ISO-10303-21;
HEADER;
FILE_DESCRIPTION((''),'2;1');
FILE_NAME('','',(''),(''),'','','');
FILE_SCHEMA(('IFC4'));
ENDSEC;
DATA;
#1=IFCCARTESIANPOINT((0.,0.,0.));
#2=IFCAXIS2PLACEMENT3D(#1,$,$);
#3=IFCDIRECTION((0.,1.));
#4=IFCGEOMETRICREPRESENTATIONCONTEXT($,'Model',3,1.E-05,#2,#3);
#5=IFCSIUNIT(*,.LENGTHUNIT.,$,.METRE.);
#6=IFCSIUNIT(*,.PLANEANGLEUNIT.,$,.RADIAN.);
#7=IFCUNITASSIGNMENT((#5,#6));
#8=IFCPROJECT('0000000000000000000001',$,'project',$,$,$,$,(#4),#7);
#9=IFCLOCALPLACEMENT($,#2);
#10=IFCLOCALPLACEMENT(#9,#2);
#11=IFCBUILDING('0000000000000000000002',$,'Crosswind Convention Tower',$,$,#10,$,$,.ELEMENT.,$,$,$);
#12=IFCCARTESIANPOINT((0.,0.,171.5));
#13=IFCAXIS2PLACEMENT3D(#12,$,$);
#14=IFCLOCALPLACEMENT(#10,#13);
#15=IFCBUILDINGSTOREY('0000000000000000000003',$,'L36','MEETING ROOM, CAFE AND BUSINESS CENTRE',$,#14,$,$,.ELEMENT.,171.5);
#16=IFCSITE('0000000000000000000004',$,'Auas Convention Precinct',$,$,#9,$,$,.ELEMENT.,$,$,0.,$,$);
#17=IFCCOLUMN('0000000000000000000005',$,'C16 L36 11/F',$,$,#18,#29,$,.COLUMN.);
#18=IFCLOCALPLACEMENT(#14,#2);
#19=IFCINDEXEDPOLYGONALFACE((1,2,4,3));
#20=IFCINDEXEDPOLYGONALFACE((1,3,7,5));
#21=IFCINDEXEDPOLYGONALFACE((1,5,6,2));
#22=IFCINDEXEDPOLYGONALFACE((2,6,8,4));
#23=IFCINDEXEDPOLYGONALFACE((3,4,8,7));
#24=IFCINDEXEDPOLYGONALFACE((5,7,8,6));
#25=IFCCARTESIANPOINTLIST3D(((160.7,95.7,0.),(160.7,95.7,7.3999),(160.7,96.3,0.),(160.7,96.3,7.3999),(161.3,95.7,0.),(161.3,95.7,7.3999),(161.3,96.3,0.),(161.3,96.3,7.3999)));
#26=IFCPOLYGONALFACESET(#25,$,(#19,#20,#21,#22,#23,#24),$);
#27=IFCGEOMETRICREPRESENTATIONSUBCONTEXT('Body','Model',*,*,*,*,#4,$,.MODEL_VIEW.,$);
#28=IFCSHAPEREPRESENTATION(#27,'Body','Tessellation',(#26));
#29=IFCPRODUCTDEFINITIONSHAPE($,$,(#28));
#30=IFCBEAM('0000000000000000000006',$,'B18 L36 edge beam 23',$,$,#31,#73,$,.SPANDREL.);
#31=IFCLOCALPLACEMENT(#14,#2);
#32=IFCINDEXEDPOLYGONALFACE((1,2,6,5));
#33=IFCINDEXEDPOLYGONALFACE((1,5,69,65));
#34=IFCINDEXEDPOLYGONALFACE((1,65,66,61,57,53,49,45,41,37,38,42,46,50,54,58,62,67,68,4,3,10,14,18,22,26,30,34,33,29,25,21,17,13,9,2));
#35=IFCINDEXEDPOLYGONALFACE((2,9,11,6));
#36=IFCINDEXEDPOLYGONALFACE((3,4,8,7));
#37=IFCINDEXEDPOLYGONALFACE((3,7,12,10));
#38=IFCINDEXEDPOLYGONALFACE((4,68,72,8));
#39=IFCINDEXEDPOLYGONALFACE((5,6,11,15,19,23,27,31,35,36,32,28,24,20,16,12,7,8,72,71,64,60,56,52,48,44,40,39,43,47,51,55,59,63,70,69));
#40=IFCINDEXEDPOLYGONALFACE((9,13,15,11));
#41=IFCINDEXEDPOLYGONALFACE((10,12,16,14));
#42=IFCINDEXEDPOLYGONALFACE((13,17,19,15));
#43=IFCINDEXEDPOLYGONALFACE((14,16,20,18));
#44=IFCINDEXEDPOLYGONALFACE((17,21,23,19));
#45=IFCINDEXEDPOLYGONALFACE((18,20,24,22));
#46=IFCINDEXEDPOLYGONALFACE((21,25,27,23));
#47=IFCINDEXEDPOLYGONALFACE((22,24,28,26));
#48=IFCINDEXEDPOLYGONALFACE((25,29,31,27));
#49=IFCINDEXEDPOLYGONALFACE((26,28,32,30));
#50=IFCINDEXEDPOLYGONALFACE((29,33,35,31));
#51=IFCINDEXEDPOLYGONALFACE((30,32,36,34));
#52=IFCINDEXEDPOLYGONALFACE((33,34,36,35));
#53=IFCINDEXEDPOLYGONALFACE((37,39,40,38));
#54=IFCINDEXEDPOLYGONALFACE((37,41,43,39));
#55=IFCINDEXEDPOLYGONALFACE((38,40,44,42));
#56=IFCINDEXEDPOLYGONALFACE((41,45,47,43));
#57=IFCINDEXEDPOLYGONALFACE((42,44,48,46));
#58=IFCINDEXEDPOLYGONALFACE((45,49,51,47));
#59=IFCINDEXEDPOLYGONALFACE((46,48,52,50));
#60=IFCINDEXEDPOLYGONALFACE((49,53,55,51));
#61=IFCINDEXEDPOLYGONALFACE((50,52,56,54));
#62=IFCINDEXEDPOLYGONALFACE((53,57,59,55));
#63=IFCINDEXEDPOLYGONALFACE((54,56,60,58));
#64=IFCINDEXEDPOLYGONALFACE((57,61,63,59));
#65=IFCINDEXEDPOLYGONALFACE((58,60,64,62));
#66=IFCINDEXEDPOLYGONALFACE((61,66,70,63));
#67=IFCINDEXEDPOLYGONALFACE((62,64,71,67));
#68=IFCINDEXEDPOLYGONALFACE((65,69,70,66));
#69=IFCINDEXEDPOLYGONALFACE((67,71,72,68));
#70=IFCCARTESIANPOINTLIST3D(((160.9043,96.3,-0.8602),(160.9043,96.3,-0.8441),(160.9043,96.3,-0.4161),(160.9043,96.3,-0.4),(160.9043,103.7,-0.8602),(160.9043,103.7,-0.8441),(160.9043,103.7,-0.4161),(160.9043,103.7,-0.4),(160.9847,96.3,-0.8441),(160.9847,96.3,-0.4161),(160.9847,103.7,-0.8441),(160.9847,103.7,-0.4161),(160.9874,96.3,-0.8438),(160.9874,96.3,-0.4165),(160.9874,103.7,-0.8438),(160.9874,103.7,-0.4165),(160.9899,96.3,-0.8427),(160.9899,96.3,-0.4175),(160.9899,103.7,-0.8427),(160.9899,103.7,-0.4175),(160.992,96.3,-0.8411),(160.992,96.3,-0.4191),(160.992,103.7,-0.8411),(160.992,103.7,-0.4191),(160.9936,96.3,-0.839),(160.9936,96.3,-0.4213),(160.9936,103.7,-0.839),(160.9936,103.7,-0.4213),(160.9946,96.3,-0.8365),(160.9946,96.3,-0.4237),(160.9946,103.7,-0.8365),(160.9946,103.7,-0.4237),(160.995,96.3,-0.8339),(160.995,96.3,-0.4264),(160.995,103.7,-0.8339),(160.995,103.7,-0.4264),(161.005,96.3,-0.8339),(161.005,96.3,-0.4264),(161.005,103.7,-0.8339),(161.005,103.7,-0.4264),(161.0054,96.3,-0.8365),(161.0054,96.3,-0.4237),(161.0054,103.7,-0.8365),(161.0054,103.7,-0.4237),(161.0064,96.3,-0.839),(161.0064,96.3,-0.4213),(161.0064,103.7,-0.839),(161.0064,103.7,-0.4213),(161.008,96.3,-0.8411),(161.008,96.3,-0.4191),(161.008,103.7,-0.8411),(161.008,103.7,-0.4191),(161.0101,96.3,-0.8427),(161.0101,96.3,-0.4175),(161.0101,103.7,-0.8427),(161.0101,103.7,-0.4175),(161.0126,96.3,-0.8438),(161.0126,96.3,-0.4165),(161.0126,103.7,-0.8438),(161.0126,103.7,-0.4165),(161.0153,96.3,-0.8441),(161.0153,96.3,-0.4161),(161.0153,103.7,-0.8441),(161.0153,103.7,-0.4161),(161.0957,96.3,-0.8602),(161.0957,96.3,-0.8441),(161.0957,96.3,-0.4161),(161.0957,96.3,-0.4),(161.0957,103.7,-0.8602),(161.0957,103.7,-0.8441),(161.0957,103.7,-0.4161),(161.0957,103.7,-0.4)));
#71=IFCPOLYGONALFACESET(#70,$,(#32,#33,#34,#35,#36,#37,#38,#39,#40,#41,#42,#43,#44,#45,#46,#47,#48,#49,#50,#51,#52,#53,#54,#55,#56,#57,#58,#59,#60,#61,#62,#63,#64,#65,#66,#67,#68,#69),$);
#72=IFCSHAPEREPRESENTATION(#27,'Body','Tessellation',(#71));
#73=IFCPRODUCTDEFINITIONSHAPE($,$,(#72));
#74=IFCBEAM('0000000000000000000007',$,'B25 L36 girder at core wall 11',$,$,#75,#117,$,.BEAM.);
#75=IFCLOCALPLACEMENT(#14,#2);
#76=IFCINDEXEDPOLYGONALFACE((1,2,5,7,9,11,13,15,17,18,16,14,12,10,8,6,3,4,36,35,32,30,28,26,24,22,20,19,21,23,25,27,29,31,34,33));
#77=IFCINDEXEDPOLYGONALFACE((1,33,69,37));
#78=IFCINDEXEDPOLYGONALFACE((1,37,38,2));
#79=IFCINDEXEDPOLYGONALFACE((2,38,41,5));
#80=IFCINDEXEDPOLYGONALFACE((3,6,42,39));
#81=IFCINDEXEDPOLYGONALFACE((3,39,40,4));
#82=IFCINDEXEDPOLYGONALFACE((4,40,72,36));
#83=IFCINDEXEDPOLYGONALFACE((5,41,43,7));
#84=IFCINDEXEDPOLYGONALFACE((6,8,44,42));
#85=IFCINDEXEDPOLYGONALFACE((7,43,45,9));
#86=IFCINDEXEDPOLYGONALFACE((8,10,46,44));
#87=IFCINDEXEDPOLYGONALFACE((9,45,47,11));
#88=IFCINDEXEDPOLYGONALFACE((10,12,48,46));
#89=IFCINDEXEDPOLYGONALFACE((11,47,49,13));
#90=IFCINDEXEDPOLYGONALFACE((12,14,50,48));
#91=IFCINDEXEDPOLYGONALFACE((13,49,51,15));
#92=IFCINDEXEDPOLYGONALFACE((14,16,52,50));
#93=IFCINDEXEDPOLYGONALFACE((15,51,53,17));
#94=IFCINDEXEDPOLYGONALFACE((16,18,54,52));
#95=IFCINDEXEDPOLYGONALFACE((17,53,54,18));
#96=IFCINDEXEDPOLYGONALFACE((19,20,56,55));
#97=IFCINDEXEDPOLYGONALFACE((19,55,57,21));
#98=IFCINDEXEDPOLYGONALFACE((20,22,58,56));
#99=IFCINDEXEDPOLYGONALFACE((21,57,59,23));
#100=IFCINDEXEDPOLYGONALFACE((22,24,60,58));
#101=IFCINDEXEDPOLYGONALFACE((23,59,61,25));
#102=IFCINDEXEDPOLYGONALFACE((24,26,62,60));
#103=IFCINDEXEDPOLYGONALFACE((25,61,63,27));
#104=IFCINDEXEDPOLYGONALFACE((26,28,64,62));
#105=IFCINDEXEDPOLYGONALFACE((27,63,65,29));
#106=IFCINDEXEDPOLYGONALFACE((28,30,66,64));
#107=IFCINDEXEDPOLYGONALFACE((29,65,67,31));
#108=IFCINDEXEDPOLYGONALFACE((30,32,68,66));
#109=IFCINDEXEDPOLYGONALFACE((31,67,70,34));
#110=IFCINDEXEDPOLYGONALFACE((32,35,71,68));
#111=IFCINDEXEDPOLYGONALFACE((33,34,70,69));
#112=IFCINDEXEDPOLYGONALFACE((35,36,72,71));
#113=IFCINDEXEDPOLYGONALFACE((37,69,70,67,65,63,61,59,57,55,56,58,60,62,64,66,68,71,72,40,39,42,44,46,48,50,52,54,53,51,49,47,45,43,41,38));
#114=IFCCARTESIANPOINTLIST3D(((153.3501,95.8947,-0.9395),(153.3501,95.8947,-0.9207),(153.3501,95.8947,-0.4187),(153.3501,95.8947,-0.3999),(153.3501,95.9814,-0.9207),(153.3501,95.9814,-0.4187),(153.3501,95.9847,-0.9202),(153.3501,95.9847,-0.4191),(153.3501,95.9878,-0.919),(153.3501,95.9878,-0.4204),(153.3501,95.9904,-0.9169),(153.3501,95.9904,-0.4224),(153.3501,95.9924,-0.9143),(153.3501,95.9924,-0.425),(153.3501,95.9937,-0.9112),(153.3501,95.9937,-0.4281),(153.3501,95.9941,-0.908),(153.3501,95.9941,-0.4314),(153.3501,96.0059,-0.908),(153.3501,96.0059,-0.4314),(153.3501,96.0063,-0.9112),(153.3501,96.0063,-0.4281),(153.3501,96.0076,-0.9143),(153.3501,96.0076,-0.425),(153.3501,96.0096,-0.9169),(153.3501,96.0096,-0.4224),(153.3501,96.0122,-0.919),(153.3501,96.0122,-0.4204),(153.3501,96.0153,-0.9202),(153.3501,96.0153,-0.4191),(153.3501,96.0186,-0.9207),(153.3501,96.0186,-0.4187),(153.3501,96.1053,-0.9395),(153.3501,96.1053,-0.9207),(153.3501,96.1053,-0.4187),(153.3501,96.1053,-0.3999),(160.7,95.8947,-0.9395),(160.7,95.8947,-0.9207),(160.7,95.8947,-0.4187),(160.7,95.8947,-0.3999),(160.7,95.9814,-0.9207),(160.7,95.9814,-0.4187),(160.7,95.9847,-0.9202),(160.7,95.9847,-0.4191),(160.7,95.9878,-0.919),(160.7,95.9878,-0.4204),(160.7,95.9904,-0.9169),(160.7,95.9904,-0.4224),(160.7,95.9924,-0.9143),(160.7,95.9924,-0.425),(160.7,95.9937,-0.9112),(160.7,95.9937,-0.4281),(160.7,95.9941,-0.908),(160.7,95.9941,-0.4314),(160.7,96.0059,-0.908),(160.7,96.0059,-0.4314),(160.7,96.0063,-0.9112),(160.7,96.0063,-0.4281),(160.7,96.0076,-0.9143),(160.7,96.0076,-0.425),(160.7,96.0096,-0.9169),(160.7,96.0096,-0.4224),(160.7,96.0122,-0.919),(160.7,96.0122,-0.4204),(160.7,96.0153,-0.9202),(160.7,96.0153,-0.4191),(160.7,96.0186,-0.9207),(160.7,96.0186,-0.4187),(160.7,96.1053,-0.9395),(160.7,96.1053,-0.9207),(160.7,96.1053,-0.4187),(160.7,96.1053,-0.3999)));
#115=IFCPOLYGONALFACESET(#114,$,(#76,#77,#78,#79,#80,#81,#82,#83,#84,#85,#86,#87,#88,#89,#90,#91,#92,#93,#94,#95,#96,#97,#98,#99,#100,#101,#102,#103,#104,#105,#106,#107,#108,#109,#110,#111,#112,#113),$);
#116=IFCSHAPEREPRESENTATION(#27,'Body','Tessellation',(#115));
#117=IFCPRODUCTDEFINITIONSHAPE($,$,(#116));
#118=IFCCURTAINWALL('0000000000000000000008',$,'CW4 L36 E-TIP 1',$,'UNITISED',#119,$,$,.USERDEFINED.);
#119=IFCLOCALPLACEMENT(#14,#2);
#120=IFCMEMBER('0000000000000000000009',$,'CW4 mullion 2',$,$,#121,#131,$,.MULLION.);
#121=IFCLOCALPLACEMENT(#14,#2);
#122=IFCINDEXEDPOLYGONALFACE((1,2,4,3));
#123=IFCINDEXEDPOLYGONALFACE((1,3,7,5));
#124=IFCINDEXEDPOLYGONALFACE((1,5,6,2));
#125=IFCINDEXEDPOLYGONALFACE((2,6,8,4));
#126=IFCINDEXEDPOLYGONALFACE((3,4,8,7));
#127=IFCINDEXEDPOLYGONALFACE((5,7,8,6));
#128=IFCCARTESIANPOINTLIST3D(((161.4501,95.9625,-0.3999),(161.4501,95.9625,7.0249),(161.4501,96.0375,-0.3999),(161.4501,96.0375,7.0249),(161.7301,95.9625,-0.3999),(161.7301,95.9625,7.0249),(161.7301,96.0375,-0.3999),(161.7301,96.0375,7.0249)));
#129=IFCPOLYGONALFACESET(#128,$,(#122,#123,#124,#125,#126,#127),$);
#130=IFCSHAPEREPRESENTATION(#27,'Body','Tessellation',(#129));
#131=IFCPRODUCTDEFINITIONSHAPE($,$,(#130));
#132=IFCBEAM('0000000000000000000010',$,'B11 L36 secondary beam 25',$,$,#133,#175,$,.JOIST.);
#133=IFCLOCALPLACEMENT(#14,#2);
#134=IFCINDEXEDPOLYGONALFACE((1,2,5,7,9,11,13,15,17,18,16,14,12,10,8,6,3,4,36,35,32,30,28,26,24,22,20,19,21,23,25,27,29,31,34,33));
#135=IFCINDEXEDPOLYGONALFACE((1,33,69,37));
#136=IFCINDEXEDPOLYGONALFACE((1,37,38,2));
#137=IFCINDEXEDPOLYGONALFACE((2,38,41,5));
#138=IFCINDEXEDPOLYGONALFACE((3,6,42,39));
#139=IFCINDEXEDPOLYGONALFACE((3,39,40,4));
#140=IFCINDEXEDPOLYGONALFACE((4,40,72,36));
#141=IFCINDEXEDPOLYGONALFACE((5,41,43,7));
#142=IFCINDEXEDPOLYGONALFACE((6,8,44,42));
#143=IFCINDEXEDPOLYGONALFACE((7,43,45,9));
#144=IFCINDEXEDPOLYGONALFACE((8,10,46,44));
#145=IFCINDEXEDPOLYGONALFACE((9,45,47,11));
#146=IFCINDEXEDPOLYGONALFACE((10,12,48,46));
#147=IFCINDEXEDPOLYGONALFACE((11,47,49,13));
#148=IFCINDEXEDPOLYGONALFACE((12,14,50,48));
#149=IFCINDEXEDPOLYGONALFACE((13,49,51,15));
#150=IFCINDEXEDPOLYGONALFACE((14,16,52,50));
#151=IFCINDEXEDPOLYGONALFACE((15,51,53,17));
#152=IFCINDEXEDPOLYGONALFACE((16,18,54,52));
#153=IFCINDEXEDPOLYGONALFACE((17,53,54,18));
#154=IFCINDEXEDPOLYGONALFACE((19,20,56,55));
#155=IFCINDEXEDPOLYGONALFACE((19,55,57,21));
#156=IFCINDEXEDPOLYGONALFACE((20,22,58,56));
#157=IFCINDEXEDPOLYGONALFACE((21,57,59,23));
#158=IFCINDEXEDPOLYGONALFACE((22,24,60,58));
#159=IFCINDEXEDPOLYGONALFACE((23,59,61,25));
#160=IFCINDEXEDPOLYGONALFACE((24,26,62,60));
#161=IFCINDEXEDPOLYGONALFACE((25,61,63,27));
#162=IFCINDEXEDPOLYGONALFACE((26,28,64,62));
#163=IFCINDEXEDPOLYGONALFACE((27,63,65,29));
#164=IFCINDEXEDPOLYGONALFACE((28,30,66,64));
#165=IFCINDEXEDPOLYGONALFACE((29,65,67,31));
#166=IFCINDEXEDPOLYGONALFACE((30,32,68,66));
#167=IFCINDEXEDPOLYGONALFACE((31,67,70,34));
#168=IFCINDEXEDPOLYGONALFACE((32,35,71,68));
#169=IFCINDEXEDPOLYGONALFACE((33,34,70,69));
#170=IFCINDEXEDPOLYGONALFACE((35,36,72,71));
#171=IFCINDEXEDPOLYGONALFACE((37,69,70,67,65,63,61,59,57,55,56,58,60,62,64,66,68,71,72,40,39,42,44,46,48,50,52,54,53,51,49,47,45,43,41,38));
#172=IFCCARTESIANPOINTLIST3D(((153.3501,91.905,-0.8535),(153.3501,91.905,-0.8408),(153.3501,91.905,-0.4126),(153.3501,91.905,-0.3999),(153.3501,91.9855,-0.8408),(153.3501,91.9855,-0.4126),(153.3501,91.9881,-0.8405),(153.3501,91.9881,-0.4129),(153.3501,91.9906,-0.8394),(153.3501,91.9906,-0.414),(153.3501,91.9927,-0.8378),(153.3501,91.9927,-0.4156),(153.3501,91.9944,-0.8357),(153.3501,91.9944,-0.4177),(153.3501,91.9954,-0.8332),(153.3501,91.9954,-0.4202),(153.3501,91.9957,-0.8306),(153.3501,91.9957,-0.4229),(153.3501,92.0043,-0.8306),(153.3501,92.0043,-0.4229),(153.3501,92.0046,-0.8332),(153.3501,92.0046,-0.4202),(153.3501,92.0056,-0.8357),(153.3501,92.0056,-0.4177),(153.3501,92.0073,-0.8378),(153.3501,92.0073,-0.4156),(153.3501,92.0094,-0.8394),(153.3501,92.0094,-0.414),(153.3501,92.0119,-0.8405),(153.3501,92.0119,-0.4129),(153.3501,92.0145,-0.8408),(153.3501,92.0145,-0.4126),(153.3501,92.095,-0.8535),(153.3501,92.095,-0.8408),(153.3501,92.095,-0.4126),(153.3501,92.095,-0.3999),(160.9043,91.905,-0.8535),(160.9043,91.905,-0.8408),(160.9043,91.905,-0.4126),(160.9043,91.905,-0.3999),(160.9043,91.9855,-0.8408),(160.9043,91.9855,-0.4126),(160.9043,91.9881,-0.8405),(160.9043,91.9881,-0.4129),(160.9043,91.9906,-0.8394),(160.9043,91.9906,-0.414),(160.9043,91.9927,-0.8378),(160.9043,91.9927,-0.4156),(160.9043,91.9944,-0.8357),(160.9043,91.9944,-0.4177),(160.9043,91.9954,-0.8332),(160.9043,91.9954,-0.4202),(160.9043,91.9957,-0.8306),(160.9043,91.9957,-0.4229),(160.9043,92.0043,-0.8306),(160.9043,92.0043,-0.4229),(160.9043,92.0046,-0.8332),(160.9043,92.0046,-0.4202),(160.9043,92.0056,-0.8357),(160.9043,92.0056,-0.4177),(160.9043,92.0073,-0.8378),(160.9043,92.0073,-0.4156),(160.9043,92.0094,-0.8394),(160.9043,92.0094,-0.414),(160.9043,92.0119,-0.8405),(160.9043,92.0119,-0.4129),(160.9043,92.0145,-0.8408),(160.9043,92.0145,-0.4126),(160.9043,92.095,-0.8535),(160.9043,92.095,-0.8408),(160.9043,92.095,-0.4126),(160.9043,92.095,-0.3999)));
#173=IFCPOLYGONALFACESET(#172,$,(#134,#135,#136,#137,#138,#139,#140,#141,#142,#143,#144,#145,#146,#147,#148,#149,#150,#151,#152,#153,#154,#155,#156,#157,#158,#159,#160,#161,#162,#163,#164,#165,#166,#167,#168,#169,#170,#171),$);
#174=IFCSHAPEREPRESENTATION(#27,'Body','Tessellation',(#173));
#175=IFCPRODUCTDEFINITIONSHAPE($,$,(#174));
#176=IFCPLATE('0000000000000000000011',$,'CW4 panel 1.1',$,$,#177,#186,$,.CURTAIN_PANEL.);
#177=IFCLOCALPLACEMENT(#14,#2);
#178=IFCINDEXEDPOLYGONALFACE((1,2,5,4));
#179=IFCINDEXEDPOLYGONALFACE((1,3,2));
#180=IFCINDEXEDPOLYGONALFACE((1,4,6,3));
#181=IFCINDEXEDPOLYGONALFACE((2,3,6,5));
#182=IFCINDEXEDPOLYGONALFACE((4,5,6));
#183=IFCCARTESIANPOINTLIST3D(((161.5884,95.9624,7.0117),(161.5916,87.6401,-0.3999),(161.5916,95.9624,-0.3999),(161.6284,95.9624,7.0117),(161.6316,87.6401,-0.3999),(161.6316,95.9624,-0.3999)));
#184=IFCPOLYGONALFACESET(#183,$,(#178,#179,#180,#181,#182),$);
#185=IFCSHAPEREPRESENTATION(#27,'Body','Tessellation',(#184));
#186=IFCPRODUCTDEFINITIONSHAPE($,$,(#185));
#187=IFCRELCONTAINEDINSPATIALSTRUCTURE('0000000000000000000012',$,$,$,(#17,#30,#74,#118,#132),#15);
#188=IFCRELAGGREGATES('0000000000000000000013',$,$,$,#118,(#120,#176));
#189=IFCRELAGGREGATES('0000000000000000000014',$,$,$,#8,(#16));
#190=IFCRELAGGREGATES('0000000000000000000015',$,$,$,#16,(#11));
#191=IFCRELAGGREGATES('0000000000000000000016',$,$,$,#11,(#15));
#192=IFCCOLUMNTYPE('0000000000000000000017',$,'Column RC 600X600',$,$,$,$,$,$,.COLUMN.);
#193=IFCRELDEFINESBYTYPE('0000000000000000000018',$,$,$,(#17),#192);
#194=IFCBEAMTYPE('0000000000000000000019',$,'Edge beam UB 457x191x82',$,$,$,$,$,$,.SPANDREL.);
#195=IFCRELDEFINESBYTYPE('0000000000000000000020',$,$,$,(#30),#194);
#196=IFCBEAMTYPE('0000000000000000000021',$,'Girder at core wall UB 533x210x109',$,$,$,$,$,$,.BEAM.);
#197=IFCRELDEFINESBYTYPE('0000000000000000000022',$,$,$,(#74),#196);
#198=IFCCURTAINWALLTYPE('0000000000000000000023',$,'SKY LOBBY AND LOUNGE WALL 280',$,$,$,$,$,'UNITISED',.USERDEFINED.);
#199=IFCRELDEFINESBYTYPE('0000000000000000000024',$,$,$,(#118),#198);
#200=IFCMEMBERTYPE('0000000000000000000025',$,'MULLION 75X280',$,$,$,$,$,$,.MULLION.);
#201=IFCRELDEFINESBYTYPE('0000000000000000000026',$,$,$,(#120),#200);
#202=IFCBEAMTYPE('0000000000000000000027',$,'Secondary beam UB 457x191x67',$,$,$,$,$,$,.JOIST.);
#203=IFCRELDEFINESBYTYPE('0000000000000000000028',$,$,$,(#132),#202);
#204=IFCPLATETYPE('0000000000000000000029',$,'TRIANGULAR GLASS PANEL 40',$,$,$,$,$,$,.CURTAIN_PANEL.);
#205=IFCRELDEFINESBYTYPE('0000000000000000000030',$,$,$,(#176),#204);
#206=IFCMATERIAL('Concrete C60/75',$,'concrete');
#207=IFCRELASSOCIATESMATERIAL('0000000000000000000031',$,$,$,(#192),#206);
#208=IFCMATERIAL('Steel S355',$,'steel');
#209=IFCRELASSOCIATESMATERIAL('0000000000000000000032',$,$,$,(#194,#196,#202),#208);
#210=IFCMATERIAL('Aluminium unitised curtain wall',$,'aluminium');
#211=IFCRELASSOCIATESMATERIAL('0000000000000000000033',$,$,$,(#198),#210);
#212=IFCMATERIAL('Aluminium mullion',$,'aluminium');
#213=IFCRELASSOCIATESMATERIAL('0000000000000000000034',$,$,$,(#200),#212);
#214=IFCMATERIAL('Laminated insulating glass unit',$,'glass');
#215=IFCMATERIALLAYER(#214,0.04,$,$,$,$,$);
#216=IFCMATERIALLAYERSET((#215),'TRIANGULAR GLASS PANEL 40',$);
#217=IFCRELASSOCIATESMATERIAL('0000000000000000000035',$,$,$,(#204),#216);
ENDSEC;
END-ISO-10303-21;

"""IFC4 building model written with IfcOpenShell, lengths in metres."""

from ifc_helpers import new_model, si_unit, direction, frame, origin, origin_2d, place, context, subcontext, project, spatial, polyline, rectangle, i_section, outline, extrude, material, layer, layer_set, material_profile, profile_set, type_object, element, aggregate, save


model = new_model("IFC4")

# Units and contexts
model_context = context("Model", 3, precision=1e-05, world=origin(), true_north=direction((0.0, 1.0)))
body_context = subcontext(model_context, "Body", "Model", "MODEL_VIEW")
ifc_project = project(units=[si_unit("LENGTHUNIT", "METRE"), si_unit("PLANEANGLEUNIT", "RADIAN")], contexts=[model_context])

# Site, building, storey
site_placement = place(None, origin())
site = spatial("IfcSite", under=ifc_project, at=site_placement, Name="Auas Convention Precinct", CompositionType="ELEMENT", RefElevation=0.0)
building_placement = place(site_placement, origin())
building = spatial("IfcBuilding", under=site, at=building_placement, Name="Crosswind Convention Tower", CompositionType="ELEMENT")
storey_placement = place(building_placement, frame((0.0, 0.0, 171.5)))
storey = spatial("IfcBuildingStorey", under=building, at=storey_placement, Name="L36", Description="MEETING ROOM, CAFE AND BUSINESS CENTRE", CompositionType="ELEMENT", Elevation=171.5)

# Column
ifc_material_1 = material(Name="Concrete C60/75", Category="concrete")
ifc_material_profile_1 = material_profile(ifc_material_1, rectangle(XDim=0.6001, YDim=0.6001, at=origin_2d()), Name="RC 600X600")
ifc_profile_set_1 = profile_set([ifc_material_profile_1], Name="Concrete C60/75")
column_type = type_object("IfcColumnType", Name="Column RC 600X600", PredefinedType="COLUMN", material=ifc_profile_set_1)
column_placement = place(storey_placement, frame((161.0, 96.0, 0.0), z_axis=(0.0, 0.0, 1.0), x_axis=(1.0, 0.0, 0.0)))
element("IfcColumn", 1, at=column_placement, inside=storey, type_object=column_type, Name="C16 L36 11/F", PredefinedType="COLUMN", context=body_context, shape_type="SweptSolid", body=[
    extrude(rectangle(XDim=0.6001, YDim=0.6001, at=origin_2d()), origin(), (0.0, 0.0, 1.0), 7.3999),
])

# Beams
ifc_material_2 = material(Name="Steel S355", Category="steel")
ifc_material_profile_2 = material_profile(ifc_material_2, i_section(OverallWidth=0.1914, OverallDepth=0.4602, WebThickness=0.01, FlangeThickness=0.0161, FilletRadius=0.0103, at=origin_2d()), Name="UB 457x191x82")
ifc_profile_set_2 = profile_set([ifc_material_profile_2], Name="Steel S355")
beam_type_1 = type_object("IfcBeamType", Name="Edge beam UB 457x191x82", PredefinedType="SPANDREL", material=ifc_profile_set_2)
beam_1_placement = place(storey_placement, frame((161.0, 96.3, -0.6301), z_axis=(0.0, 1.0, 0.0), x_axis=(-1.0, 0.0, 0.0)))
element("IfcBeam", 2, at=beam_1_placement, inside=storey, type_object=beam_type_1, Name="B18 L36 edge beam 23", PredefinedType="SPANDREL", context=body_context, shape_type="SweptSolid", body=[
    extrude(i_section(OverallWidth=0.1914, OverallDepth=0.4602, WebThickness=0.01, FlangeThickness=0.0161, FilletRadius=0.0103, at=origin_2d()), origin(), (0.0, 0.0, 1.0), 7.3999),
])
ifc_material_profile_3 = material_profile(ifc_material_2, i_section(OverallWidth=0.2107, OverallDepth=0.5396, WebThickness=0.0117, FlangeThickness=0.0188, FilletRadius=0.0127, at=origin_2d()), Name="UB 533x210x109")
ifc_profile_set_3 = profile_set([ifc_material_profile_3], Name="Steel S355")
beam_type_2 = type_object("IfcBeamType", Name="Girder at core wall UB 533x210x109", PredefinedType="BEAM", material=ifc_profile_set_3)
beam_2_placement = place(storey_placement, frame((153.3501, 96.0, -0.6697), z_axis=(1.0, 0.0, 0.0), x_axis=(0.0, 1.0, 0.0)))
element("IfcBeam", 3, at=beam_2_placement, inside=storey, type_object=beam_type_2, Name="B25 L36 girder at core wall 11", PredefinedType="BEAM", context=body_context, shape_type="SweptSolid", body=[
    extrude(i_section(OverallWidth=0.2107, OverallDepth=0.5396, WebThickness=0.0117, FlangeThickness=0.0188, FilletRadius=0.0127, at=origin_2d()), origin(), (0.0, 0.0, 1.0), 7.3499),
])

# Curtain wall, member
ifc_material_3 = material(Name="Aluminium unitised curtain wall", Category="aluminium")
curtain_wall_type = type_object("IfcCurtainWallType", Name="SKY LOBBY AND LOUNGE WALL 280", ElementType="UNITISED", PredefinedType="USERDEFINED", material=ifc_material_3)
curtain_wall_placement = place(storey_placement, origin())
curtain_wall = element("IfcCurtainWall", 4, at=curtain_wall_placement, inside=storey, type_object=curtain_wall_type, Name="CW4 L36 E-TIP 1", ObjectType="UNITISED", PredefinedType="USERDEFINED")
ifc_material_4 = material(Name="Aluminium mullion", Category="aluminium")
ifc_material_profile_4 = material_profile(ifc_material_4, rectangle(XDim=0.28, YDim=0.075, at=origin_2d()), Name="AL 280X75")
ifc_profile_set_4 = profile_set([ifc_material_profile_4], Name="Aluminium mullion")
member_type = type_object("IfcMemberType", Name="MULLION 75X280", PredefinedType="MULLION", material=ifc_profile_set_4)
member_placement = place(storey_placement, frame((161.5901, 96.0, -0.3999), z_axis=(0.0, 0.0, 1.0), x_axis=(1.0, 0.0, 0.0)))
member = element("IfcMember", 5, at=member_placement, type_object=member_type, Name="CW4 mullion 2", PredefinedType="MULLION", context=body_context, shape_type="SweptSolid", body=[
    extrude(rectangle(XDim=0.28, YDim=0.075, at=origin_2d()), origin(), (0.0, 0.0, 1.0), 7.4248),
])

# Beam
ifc_material_profile_5 = material_profile(ifc_material_2, i_section(OverallWidth=0.1899, OverallDepth=0.4536, WebThickness=0.0085, FlangeThickness=0.0127, FilletRadius=0.0103, at=origin_2d()), Name="UB 457x191x67")
ifc_profile_set_5 = profile_set([ifc_material_profile_5], Name="Steel S355")
beam_type_3 = type_object("IfcBeamType", Name="Secondary beam UB 457x191x67", PredefinedType="JOIST", material=ifc_profile_set_5)
beam_3_placement = place(storey_placement, frame((153.3501, 92.0, -0.6267), z_axis=(1.0, 0.0, 0.0), x_axis=(0.0, 1.0, 0.0)))
element("IfcBeam", 6, at=beam_3_placement, inside=storey, type_object=beam_type_3, Name="B11 L36 secondary beam 25", PredefinedType="JOIST", context=body_context, shape_type="SweptSolid", body=[
    extrude(i_section(OverallWidth=0.1899, OverallDepth=0.4536, WebThickness=0.0085, FlangeThickness=0.0127, FilletRadius=0.0103, at=origin_2d()), origin(), (0.0, 0.0, 1.0), 7.5542),
])

# Plate
ifc_material_5 = material(Name="Laminated insulating glass unit", Category="glass")
ifc_layer_1 = layer(ifc_material_5, 0.04)
ifc_layer_set_1 = layer_set([ifc_layer_1], Name="TRIANGULAR GLASS PANEL 40")
plate_type = type_object("IfcPlateType", Name="TRIANGULAR GLASS PANEL 40", PredefinedType="CURTAIN_PANEL", material=ifc_layer_set_1)
plate_1_placement = place(storey_placement, frame((161.6316, 95.9624, -0.3999), z_axis=(1.0, 0.0, 0.000428), x_axis=(-0.000428, 0.0, 1.0)))
plate_1 = element("IfcPlate", 7, at=plate_1_placement, type_object=plate_type, Name="CW4 panel 1.1", PredefinedType="CURTAIN_PANEL", context=body_context, shape_type="SweptSolid", body=[
    extrude(outline(polyline([(0.0, 0.0), (7.4116, 0.0), (0.0, 8.3223), (0.0, 0.0)])), origin(), (0.0, 0.0, -1.0), 0.04),
])
aggregate(curtain_wall, [member, plate_1])

save(model, "model.ifc")
